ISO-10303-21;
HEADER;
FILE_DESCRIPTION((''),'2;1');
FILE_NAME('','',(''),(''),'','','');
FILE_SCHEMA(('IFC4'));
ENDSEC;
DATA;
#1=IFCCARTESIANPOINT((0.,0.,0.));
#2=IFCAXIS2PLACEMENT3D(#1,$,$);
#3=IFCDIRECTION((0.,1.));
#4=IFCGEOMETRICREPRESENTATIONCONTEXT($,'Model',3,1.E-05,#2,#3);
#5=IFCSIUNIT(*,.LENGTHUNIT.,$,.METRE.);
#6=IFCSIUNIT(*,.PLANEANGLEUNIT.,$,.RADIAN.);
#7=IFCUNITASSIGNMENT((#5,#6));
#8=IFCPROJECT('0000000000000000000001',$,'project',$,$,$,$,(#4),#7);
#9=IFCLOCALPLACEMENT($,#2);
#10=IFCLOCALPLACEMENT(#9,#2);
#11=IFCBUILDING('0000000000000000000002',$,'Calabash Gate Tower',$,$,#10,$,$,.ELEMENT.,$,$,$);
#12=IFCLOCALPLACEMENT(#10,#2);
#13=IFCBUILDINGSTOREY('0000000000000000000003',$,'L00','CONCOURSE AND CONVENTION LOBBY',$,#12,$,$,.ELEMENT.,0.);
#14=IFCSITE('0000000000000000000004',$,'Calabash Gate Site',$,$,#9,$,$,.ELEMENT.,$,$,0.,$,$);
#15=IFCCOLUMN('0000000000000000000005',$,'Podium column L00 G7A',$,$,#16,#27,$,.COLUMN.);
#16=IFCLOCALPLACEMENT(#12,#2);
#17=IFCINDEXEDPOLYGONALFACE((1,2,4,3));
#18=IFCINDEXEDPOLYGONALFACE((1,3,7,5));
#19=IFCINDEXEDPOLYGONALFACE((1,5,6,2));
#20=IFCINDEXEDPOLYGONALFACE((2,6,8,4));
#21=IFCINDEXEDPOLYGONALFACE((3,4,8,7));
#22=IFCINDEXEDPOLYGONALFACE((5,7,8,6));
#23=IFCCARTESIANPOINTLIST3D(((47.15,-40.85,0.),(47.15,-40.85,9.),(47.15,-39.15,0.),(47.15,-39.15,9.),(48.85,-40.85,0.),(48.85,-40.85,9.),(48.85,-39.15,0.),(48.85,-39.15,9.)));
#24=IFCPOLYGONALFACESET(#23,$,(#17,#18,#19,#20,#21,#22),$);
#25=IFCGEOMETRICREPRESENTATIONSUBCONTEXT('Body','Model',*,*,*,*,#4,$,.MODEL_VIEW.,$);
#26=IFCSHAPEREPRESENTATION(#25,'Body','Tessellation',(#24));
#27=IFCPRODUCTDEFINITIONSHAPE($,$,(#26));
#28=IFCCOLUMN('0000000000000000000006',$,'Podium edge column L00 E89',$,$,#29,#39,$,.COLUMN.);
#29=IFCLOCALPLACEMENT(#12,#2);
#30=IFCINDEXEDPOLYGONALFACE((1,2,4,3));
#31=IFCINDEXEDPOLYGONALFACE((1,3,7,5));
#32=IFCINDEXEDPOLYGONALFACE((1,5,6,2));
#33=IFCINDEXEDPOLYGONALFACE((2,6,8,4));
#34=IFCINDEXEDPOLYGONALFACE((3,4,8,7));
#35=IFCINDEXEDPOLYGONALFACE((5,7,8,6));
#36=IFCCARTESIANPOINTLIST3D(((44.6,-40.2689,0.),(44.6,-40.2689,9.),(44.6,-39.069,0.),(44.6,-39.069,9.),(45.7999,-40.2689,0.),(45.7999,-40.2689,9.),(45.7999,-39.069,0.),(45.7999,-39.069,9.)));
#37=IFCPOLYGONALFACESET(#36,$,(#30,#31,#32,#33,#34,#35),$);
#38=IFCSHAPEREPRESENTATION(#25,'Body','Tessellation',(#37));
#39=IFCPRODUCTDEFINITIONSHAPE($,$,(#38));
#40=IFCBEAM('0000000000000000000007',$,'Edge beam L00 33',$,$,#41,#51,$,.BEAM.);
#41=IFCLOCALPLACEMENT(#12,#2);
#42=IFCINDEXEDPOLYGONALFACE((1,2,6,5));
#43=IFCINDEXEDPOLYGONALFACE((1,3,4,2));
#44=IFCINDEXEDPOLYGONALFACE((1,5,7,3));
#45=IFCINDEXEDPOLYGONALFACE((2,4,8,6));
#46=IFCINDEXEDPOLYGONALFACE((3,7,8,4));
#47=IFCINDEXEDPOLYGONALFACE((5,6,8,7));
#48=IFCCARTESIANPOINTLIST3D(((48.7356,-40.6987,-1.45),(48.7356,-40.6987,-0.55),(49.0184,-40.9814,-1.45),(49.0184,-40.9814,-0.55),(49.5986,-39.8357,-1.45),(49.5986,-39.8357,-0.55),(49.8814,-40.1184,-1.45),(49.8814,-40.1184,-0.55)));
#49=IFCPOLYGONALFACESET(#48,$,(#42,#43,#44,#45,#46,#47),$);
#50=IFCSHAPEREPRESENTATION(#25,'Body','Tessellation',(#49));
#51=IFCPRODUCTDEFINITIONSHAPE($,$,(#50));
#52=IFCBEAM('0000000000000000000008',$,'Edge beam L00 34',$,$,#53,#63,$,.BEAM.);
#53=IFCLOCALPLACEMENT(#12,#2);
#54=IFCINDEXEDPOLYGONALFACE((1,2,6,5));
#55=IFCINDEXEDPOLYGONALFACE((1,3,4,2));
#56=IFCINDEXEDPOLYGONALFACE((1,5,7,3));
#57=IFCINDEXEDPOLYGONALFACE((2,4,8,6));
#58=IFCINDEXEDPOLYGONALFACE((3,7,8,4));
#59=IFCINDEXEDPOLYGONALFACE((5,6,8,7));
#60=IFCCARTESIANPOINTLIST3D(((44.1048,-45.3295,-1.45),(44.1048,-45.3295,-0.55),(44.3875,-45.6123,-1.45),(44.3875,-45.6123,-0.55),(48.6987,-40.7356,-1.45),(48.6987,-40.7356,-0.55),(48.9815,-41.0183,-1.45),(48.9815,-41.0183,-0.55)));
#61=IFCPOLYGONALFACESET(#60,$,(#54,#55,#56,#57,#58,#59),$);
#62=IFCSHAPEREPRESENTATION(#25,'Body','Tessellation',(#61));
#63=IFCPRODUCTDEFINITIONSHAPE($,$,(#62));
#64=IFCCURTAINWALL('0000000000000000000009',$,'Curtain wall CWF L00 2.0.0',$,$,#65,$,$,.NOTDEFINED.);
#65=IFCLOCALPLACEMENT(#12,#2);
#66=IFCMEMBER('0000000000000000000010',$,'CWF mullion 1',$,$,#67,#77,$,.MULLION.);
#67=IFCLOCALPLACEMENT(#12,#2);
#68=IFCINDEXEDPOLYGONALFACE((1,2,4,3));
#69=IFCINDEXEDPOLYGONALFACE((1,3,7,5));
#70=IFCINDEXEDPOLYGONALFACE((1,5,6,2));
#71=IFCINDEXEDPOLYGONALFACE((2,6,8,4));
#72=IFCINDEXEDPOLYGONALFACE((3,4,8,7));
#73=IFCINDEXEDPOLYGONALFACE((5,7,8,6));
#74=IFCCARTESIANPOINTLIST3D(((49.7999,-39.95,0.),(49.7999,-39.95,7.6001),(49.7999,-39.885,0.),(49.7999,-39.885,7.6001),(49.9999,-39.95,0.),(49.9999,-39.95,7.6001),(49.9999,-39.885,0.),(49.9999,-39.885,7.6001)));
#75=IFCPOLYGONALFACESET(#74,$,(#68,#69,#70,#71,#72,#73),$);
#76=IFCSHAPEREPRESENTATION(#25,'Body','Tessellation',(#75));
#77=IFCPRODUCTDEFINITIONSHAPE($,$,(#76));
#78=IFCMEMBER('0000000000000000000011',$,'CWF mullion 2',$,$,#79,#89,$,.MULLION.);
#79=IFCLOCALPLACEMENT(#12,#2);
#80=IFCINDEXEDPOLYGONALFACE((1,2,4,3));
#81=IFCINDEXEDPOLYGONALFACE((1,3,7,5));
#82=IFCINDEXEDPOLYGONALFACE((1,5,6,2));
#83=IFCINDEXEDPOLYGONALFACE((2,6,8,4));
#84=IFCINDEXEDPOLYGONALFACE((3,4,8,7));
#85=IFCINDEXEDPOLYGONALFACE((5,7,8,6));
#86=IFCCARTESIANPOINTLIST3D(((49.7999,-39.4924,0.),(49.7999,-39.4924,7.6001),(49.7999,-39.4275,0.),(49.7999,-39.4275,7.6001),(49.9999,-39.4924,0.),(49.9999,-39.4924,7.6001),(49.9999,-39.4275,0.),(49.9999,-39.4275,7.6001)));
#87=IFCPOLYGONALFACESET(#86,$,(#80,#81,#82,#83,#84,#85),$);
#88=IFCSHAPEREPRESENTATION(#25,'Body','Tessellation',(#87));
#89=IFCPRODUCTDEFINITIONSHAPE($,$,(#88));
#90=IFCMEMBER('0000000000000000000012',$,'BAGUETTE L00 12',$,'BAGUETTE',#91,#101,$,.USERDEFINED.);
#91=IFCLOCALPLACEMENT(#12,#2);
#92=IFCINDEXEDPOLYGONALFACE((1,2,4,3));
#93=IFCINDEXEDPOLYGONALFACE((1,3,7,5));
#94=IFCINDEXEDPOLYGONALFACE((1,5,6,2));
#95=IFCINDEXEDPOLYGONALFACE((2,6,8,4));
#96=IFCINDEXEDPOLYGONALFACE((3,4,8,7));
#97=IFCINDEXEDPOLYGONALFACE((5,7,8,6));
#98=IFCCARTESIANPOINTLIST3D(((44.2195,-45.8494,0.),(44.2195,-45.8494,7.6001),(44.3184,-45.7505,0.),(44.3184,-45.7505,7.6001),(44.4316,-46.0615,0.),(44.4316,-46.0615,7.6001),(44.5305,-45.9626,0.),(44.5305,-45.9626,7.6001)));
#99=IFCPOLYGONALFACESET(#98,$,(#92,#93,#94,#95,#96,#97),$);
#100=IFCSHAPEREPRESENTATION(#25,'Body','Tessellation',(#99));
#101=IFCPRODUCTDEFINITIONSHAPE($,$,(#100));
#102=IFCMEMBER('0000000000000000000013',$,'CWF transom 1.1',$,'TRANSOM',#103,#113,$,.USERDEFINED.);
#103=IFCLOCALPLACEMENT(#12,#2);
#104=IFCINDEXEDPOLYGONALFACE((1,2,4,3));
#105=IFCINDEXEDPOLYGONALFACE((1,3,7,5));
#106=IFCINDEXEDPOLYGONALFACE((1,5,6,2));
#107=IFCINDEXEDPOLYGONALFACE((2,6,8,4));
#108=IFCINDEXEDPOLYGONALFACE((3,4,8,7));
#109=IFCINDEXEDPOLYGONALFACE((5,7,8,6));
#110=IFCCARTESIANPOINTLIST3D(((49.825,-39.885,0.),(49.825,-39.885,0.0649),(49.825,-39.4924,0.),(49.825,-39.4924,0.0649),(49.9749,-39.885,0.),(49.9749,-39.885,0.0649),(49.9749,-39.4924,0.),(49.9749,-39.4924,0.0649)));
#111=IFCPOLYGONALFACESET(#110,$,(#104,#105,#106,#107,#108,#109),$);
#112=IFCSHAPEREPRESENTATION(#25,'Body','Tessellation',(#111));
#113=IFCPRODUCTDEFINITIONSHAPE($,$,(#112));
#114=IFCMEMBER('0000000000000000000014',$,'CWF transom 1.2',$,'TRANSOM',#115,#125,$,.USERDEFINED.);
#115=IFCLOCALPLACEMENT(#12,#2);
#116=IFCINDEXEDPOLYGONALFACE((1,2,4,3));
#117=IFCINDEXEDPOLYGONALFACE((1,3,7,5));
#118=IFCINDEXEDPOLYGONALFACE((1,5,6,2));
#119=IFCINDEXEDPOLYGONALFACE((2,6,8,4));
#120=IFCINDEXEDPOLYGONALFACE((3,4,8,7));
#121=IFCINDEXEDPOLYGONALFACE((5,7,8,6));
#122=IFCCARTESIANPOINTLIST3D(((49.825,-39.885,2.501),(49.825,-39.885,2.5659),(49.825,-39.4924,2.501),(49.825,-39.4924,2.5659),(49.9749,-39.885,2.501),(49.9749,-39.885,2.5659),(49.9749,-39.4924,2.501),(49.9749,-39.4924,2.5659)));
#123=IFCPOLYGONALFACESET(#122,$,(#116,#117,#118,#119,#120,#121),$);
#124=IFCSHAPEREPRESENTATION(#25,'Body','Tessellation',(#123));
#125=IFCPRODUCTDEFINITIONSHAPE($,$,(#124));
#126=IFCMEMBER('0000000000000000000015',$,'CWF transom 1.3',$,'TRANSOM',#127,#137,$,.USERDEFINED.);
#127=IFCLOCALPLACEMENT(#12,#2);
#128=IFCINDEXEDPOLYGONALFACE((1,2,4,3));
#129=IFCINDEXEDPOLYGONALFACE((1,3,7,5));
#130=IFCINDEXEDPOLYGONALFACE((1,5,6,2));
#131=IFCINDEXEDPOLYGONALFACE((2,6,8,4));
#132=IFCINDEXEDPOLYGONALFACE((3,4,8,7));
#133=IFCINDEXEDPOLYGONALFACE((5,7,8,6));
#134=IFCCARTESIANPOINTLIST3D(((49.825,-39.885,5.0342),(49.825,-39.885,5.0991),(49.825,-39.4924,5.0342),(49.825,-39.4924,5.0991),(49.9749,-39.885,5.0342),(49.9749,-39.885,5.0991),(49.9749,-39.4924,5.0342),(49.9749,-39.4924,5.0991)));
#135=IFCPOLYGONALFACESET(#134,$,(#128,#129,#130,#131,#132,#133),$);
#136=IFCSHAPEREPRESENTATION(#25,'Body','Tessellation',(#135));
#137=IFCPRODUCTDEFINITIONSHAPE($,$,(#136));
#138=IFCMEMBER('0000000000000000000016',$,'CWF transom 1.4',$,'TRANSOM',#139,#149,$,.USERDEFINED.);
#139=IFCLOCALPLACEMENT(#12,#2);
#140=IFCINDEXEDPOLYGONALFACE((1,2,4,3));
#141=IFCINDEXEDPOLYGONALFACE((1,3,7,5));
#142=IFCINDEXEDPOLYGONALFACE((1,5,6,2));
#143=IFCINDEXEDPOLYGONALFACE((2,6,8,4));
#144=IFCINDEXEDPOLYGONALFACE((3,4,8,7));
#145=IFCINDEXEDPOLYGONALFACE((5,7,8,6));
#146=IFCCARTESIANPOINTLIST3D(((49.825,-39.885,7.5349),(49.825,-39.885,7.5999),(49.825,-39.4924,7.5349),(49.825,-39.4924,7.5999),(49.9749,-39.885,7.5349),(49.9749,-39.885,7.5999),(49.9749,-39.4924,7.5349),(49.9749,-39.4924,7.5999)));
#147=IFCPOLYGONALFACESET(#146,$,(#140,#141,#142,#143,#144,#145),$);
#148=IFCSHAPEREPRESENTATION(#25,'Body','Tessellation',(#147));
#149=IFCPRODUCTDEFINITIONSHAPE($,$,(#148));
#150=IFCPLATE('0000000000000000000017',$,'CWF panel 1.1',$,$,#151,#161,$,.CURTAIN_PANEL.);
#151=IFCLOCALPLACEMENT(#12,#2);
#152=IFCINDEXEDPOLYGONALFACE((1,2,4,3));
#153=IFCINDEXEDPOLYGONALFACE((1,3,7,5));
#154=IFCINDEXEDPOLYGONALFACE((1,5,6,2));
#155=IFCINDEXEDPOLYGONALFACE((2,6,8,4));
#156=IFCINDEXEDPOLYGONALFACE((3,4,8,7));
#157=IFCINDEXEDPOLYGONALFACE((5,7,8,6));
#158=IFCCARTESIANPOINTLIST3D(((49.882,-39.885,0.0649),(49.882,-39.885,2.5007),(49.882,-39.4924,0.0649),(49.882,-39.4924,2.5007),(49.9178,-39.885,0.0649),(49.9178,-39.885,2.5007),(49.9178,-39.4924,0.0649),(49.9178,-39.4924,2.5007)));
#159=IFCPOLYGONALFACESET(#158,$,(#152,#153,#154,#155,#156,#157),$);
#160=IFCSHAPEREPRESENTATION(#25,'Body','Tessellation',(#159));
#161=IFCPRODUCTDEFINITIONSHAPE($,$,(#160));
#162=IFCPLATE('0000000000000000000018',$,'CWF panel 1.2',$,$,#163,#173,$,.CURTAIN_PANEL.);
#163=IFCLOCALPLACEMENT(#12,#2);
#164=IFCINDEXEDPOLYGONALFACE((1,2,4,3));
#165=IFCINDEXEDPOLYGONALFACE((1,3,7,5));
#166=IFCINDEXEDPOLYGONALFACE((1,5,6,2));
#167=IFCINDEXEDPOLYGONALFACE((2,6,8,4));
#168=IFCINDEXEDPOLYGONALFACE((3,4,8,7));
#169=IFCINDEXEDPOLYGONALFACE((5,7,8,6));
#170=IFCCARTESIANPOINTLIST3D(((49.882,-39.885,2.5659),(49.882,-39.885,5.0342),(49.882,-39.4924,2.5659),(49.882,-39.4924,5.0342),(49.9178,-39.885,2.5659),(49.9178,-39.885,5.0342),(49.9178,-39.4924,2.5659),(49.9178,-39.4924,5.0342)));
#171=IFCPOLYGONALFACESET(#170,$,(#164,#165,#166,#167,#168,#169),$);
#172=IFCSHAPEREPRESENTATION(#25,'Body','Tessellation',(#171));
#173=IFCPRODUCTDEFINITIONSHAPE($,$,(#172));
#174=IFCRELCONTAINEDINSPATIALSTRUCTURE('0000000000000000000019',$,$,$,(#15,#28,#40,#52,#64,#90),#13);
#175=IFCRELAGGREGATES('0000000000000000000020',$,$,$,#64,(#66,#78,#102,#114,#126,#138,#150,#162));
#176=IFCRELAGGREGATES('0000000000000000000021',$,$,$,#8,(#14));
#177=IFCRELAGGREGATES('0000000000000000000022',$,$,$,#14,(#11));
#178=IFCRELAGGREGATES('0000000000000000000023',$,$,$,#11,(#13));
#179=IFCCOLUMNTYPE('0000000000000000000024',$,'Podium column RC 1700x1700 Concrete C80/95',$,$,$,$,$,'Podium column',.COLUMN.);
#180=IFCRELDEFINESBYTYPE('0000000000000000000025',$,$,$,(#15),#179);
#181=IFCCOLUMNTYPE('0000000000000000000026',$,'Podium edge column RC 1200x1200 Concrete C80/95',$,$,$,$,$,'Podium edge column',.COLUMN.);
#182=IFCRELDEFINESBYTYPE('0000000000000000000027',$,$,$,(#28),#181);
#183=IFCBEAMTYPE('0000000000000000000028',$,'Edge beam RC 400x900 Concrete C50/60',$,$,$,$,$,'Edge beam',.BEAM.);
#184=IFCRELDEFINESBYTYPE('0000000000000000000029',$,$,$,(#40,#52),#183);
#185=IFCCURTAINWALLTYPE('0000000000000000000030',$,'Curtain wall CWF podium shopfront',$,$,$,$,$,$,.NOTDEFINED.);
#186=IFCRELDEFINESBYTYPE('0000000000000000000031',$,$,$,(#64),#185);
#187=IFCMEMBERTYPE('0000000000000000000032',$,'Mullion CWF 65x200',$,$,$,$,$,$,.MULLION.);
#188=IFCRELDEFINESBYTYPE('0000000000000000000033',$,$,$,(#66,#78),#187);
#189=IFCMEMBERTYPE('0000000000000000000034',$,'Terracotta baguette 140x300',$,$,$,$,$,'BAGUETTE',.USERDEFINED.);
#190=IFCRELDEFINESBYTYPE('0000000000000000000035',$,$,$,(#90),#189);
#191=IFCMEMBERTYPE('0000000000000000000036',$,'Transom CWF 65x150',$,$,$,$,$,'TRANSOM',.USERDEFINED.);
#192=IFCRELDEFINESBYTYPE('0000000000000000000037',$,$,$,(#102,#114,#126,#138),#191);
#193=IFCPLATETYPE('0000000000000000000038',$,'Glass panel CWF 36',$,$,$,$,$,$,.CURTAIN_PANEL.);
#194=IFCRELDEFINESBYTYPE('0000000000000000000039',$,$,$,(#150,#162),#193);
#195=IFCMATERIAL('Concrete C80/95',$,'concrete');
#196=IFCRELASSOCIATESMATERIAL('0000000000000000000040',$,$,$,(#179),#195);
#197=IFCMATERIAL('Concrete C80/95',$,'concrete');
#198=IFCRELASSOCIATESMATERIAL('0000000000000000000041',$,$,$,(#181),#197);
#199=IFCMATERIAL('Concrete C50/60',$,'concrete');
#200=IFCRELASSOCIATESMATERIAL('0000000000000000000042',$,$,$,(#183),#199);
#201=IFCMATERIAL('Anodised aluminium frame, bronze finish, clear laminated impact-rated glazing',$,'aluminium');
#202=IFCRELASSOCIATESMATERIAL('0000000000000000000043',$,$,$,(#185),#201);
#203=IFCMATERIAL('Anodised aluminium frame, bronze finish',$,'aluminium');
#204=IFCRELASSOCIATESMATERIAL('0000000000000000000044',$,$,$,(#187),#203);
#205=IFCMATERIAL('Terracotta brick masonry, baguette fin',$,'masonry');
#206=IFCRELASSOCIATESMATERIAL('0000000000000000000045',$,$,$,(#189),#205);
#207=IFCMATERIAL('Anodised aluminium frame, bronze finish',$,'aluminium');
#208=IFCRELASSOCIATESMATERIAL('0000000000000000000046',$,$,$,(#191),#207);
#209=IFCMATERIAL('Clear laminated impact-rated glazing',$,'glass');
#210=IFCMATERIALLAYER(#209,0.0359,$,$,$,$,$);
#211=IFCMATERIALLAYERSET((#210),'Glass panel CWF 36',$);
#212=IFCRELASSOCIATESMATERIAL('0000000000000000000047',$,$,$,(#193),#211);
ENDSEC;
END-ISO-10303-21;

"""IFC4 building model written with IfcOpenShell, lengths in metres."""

from ifc_helpers import new_model, si_unit, direction, frame, origin, origin_2d, place, context, subcontext, project, spatial, rectangle, extrude, material, layer, layer_set, material_profile, profile_set, type_object, element, aggregate, save


model = new_model("IFC4")

# Units and contexts
model_context = context("Model", 3, precision=1e-05, world=origin(), true_north=direction((0.0, 1.0)))
body_context = subcontext(model_context, "Body", "Model", "MODEL_VIEW")
ifc_project = project(units=[si_unit("LENGTHUNIT", "METRE"), si_unit("PLANEANGLEUNIT", "RADIAN")], contexts=[model_context])

# Site, building, storey
site_placement = place(None, origin())
site = spatial("IfcSite", under=ifc_project, at=site_placement, Name="Calabash Gate Site", CompositionType="ELEMENT", RefElevation=0.0)
building_placement = place(site_placement, origin())
building = spatial("IfcBuilding", under=site, at=building_placement, Name="Calabash Gate Tower", CompositionType="ELEMENT")
storey_placement = place(building_placement, origin())
storey = spatial("IfcBuildingStorey", under=building, at=storey_placement, Name="L00", Description="CONCOURSE AND CONVENTION LOBBY", CompositionType="ELEMENT", Elevation=0.0)

# Columns
ifc_material_1 = material(Name="Concrete C80/95", Category="concrete")
ifc_material_profile_1 = material_profile(ifc_material_1, rectangle(XDim=1.7, YDim=1.7, at=origin_2d()))
ifc_profile_set_1 = profile_set([ifc_material_profile_1], Name="Concrete C80/95")
column_type_1 = type_object("IfcColumnType", Name="Podium column RC 1700x1700 Concrete C80/95", ElementType="Podium column", PredefinedType="COLUMN", material=ifc_profile_set_1)
column_1_placement = place(storey_placement, frame((48.0, -40.0, 0.0), z_axis=(0.0, 0.0, 1.0), x_axis=(1.0, 0.0, 0.0)))
element("IfcColumn", 1, at=column_1_placement, inside=storey, type_object=column_type_1, Name="Podium column L00 G7A", PredefinedType="COLUMN", context=body_context, shape_type="SweptSolid", body=[
    extrude(rectangle(XDim=1.7, YDim=1.7, at=origin_2d()), origin(), (0.0, 0.0, 1.0), 9.0),
])
ifc_material_2 = material(Name="Concrete C80/95", Category="concrete")
ifc_material_profile_2 = material_profile(ifc_material_2, rectangle(XDim=1.2, YDim=1.2, at=origin_2d()))
ifc_profile_set_2 = profile_set([ifc_material_profile_2], Name="Concrete C80/95")
column_type_2 = type_object("IfcColumnType", Name="Podium edge column RC 1200x1200 Concrete C80/95", ElementType="Podium edge column", PredefinedType="COLUMN", material=ifc_profile_set_2)
column_2_placement = place(storey_placement, frame((45.2, -39.6689, 0.0), z_axis=(0.0, 0.0, 1.0), x_axis=(1.0, 0.0, 0.0)))
element("IfcColumn", 2, at=column_2_placement, inside=storey, type_object=column_type_2, Name="Podium edge column L00 E89", PredefinedType="COLUMN", context=body_context, shape_type="SweptSolid", body=[
    extrude(rectangle(XDim=1.2, YDim=1.2, at=origin_2d()), origin(), (0.0, 0.0, 1.0), 9.0),
])

# Beams
ifc_material_3 = material(Name="Concrete C50/60", Category="concrete")
ifc_material_profile_3 = material_profile(ifc_material_3, rectangle(XDim=0.3999, YDim=0.8999, at=origin_2d()))
ifc_profile_set_3 = profile_set([ifc_material_profile_3], Name="Concrete C50/60")
beam_type = type_object("IfcBeamType", Name="Edge beam RC 400x900 Concrete C50/60", ElementType="Edge beam", PredefinedType="BEAM", material=ifc_profile_set_3)
beam_1_placement = place(storey_placement, frame((49.74, -39.9771, -1.0), z_axis=(-0.707107, -0.707107, 0.0), x_axis=(0.707107, -0.707107, 0.0)))
element("IfcBeam", 3, at=beam_1_placement, inside=storey, type_object=beam_type, Name="Edge beam L00 33", PredefinedType="BEAM", context=body_context, shape_type="SweptSolid", body=[
    extrude(rectangle(XDim=0.3999, YDim=0.8999, at=origin_2d()), origin(), (0.0, 0.0, 1.0), 1.2205),
])
beam_2_placement = place(storey_placement, frame((48.8401, -40.877, -1.0), z_axis=(-0.707107, -0.707107, 0.0), x_axis=(0.707107, -0.707107, 0.0)))
element("IfcBeam", 4, at=beam_2_placement, inside=storey, type_object=beam_type, Name="Edge beam L00 34", PredefinedType="BEAM", context=body_context, shape_type="SweptSolid", body=[
    extrude(rectangle(XDim=0.3999, YDim=0.8999, at=origin_2d()), origin(), (0.0, 0.0, 1.0), 6.4968),
])

# Curtain wall, members
ifc_material_4 = material(Name="Anodised aluminium frame, bronze finish, clear laminated impact-rated glazing", Category="aluminium")
curtain_wall_type = type_object("IfcCurtainWallType", Name="Curtain wall CWF podium shopfront", PredefinedType="NOTDEFINED", material=ifc_material_4)
curtain_wall_placement = place(storey_placement, origin())
curtain_wall = element("IfcCurtainWall", 5, at=curtain_wall_placement, inside=storey, type_object=curtain_wall_type, Name="Curtain wall CWF L00 2.0.0", PredefinedType="NOTDEFINED")
ifc_material_5 = material(Name="Anodised aluminium frame, bronze finish", Category="aluminium")
ifc_material_profile_4 = material_profile(ifc_material_5, rectangle(XDim=0.2, YDim=0.0649, at=origin_2d()))
ifc_profile_set_4 = profile_set([ifc_material_profile_4], Name="Anodised aluminium frame, bronze finish")
member_type_1 = type_object("IfcMemberType", Name="Mullion CWF 65x200", PredefinedType="MULLION", material=ifc_profile_set_4)
member_1_placement = place(storey_placement, frame((49.8999, -39.9175, 0.0), z_axis=(0.0, 0.0, 1.0), x_axis=(-1.0, 0.0, 0.0)))
member_1 = element("IfcMember", 6, at=member_1_placement, type_object=member_type_1, Name="CWF mullion 1", PredefinedType="MULLION", context=body_context, shape_type="SweptSolid", body=[
    extrude(rectangle(XDim=0.2, YDim=0.0649, at=origin_2d()), origin(), (0.0, 0.0, 1.0), 7.6001),
])
member_2_placement = place(storey_placement, frame((49.8999, -39.46, 0.0), z_axis=(0.0, 0.0, 1.0), x_axis=(-1.0, 0.0, 0.0)))
member_2 = element("IfcMember", 7, at=member_2_placement, type_object=member_type_1, Name="CWF mullion 2", PredefinedType="MULLION", context=body_context, shape_type="SweptSolid", body=[
    extrude(rectangle(XDim=0.2, YDim=0.0649, at=origin_2d()), origin(), (0.0, 0.0, 1.0), 7.6001),
])

# Members
ifc_material_6 = material(Name="Terracotta brick masonry, baguette fin", Category="masonry")
ifc_material_profile_5 = material_profile(ifc_material_6, rectangle(XDim=0.1399, YDim=0.3, at=origin_2d()))
ifc_profile_set_5 = profile_set([ifc_material_profile_5], Name="Terracotta brick masonry, baguette fin")
member_type_2 = type_object("IfcMemberType", Name="Terracotta baguette 140x300", ElementType="BAGUETTE", PredefinedType="USERDEFINED", material=ifc_profile_set_5)
member_3_placement = place(storey_placement, frame((44.375, -45.906, 0.0), z_axis=(0.0, 0.0, 1.0), x_axis=(0.707107, 0.707107, 0.0)))
element("IfcMember", 8, at=member_3_placement, inside=storey, type_object=member_type_2, Name="BAGUETTE L00 12", ObjectType="BAGUETTE", PredefinedType="USERDEFINED", context=body_context, shape_type="SweptSolid", body=[
    extrude(rectangle(XDim=0.1399, YDim=0.3, at=origin_2d()), origin(), (0.0, 0.0, 1.0), 7.6001),
])
ifc_material_7 = material(Name="Anodised aluminium frame, bronze finish", Category="aluminium")
ifc_material_profile_6 = material_profile(ifc_material_7, rectangle(XDim=0.1499, YDim=0.0649, at=origin_2d()))
ifc_profile_set_6 = profile_set([ifc_material_profile_6], Name="Anodised aluminium frame, bronze finish")
member_type_3 = type_object("IfcMemberType", Name="Transom CWF 65x150", ElementType="TRANSOM", PredefinedType="USERDEFINED", material=ifc_profile_set_6)
member_4_placement = place(storey_placement, frame((49.8999, -39.885, 0.0325), z_axis=(0.0, 1.0, 0.0), x_axis=(-1.0, 0.0, 0.0)))
member_4 = element("IfcMember", 9, at=member_4_placement, type_object=member_type_3, Name="CWF transom 1.1", ObjectType="TRANSOM", PredefinedType="USERDEFINED", context=body_context, shape_type="SweptSolid", body=[
    extrude(rectangle(XDim=0.1499, YDim=0.0649, at=origin_2d()), origin(), (0.0, 0.0, 1.0), 0.3926),
])
member_5_placement = place(storey_placement, frame((49.8999, -39.885, 2.5334), z_axis=(0.0, 1.0, 0.0), x_axis=(-1.0, 0.0, 0.0)))
member_5 = element("IfcMember", 10, at=member_5_placement, type_object=member_type_3, Name="CWF transom 1.2", ObjectType="TRANSOM", PredefinedType="USERDEFINED", context=body_context, shape_type="SweptSolid", body=[
    extrude(rectangle(XDim=0.1499, YDim=0.0649, at=origin_2d()), origin(), (0.0, 0.0, 1.0), 0.3926),
])
member_6_placement = place(storey_placement, frame((49.8999, -39.885, 5.0667), z_axis=(0.0, 1.0, 0.0), x_axis=(-1.0, 0.0, 0.0)))
member_6 = element("IfcMember", 11, at=member_6_placement, type_object=member_type_3, Name="CWF transom 1.3", ObjectType="TRANSOM", PredefinedType="USERDEFINED", context=body_context, shape_type="SweptSolid", body=[
    extrude(rectangle(XDim=0.1499, YDim=0.0649, at=origin_2d()), origin(), (0.0, 0.0, 1.0), 0.3926),
])
member_7_placement = place(storey_placement, frame((49.8999, -39.885, 7.5674), z_axis=(0.0, 1.0, 0.0), x_axis=(-1.0, 0.0, 0.0)))
member_7 = element("IfcMember", 12, at=member_7_placement, type_object=member_type_3, Name="CWF transom 1.4", ObjectType="TRANSOM", PredefinedType="USERDEFINED", context=body_context, shape_type="SweptSolid", body=[
    extrude(rectangle(XDim=0.1499, YDim=0.0649, at=origin_2d()), origin(), (0.0, 0.0, 1.0), 0.3926),
])

# Plates
ifc_material_8 = material(Name="Clear laminated impact-rated glazing", Category="glass")
ifc_layer_1 = layer(ifc_material_8, 0.0359)
ifc_layer_set_1 = layer_set([ifc_layer_1], Name="Glass panel CWF 36")
plate_type = type_object("IfcPlateType", Name="Glass panel CWF 36", PredefinedType="CURTAIN_PANEL", material=ifc_layer_set_1)
plate_1_placement = place(storey_placement, frame((49.8999, -39.6887, 0.0649), z_axis=(0.0, 0.0, 1.0), x_axis=(0.0, 1.0, 0.0)))
plate_1 = element("IfcPlate", 13, at=plate_1_placement, type_object=plate_type, Name="CWF panel 1.1", PredefinedType="CURTAIN_PANEL", context=body_context, shape_type="SweptSolid", body=[
    extrude(rectangle(XDim=0.3926, YDim=0.0359, at=origin_2d()), origin(), (0.0, 0.0, 1.0), 2.4358),
])
plate_2_placement = place(storey_placement, frame((49.8999, -39.6887, 2.5659), z_axis=(0.0, 0.0, 1.0), x_axis=(0.0, 1.0, 0.0)))
plate_2 = element("IfcPlate", 14, at=plate_2_placement, type_object=plate_type, Name="CWF panel 1.2", PredefinedType="CURTAIN_PANEL", context=body_context, shape_type="SweptSolid", body=[
    extrude(rectangle(XDim=0.3926, YDim=0.0359, at=origin_2d()), origin(), (0.0, 0.0, 1.0), 2.4683),
])
aggregate(curtain_wall, [member_1, member_2, member_4, member_5, member_6, member_7, plate_1, plate_2])

save(model, "model.ifc")
